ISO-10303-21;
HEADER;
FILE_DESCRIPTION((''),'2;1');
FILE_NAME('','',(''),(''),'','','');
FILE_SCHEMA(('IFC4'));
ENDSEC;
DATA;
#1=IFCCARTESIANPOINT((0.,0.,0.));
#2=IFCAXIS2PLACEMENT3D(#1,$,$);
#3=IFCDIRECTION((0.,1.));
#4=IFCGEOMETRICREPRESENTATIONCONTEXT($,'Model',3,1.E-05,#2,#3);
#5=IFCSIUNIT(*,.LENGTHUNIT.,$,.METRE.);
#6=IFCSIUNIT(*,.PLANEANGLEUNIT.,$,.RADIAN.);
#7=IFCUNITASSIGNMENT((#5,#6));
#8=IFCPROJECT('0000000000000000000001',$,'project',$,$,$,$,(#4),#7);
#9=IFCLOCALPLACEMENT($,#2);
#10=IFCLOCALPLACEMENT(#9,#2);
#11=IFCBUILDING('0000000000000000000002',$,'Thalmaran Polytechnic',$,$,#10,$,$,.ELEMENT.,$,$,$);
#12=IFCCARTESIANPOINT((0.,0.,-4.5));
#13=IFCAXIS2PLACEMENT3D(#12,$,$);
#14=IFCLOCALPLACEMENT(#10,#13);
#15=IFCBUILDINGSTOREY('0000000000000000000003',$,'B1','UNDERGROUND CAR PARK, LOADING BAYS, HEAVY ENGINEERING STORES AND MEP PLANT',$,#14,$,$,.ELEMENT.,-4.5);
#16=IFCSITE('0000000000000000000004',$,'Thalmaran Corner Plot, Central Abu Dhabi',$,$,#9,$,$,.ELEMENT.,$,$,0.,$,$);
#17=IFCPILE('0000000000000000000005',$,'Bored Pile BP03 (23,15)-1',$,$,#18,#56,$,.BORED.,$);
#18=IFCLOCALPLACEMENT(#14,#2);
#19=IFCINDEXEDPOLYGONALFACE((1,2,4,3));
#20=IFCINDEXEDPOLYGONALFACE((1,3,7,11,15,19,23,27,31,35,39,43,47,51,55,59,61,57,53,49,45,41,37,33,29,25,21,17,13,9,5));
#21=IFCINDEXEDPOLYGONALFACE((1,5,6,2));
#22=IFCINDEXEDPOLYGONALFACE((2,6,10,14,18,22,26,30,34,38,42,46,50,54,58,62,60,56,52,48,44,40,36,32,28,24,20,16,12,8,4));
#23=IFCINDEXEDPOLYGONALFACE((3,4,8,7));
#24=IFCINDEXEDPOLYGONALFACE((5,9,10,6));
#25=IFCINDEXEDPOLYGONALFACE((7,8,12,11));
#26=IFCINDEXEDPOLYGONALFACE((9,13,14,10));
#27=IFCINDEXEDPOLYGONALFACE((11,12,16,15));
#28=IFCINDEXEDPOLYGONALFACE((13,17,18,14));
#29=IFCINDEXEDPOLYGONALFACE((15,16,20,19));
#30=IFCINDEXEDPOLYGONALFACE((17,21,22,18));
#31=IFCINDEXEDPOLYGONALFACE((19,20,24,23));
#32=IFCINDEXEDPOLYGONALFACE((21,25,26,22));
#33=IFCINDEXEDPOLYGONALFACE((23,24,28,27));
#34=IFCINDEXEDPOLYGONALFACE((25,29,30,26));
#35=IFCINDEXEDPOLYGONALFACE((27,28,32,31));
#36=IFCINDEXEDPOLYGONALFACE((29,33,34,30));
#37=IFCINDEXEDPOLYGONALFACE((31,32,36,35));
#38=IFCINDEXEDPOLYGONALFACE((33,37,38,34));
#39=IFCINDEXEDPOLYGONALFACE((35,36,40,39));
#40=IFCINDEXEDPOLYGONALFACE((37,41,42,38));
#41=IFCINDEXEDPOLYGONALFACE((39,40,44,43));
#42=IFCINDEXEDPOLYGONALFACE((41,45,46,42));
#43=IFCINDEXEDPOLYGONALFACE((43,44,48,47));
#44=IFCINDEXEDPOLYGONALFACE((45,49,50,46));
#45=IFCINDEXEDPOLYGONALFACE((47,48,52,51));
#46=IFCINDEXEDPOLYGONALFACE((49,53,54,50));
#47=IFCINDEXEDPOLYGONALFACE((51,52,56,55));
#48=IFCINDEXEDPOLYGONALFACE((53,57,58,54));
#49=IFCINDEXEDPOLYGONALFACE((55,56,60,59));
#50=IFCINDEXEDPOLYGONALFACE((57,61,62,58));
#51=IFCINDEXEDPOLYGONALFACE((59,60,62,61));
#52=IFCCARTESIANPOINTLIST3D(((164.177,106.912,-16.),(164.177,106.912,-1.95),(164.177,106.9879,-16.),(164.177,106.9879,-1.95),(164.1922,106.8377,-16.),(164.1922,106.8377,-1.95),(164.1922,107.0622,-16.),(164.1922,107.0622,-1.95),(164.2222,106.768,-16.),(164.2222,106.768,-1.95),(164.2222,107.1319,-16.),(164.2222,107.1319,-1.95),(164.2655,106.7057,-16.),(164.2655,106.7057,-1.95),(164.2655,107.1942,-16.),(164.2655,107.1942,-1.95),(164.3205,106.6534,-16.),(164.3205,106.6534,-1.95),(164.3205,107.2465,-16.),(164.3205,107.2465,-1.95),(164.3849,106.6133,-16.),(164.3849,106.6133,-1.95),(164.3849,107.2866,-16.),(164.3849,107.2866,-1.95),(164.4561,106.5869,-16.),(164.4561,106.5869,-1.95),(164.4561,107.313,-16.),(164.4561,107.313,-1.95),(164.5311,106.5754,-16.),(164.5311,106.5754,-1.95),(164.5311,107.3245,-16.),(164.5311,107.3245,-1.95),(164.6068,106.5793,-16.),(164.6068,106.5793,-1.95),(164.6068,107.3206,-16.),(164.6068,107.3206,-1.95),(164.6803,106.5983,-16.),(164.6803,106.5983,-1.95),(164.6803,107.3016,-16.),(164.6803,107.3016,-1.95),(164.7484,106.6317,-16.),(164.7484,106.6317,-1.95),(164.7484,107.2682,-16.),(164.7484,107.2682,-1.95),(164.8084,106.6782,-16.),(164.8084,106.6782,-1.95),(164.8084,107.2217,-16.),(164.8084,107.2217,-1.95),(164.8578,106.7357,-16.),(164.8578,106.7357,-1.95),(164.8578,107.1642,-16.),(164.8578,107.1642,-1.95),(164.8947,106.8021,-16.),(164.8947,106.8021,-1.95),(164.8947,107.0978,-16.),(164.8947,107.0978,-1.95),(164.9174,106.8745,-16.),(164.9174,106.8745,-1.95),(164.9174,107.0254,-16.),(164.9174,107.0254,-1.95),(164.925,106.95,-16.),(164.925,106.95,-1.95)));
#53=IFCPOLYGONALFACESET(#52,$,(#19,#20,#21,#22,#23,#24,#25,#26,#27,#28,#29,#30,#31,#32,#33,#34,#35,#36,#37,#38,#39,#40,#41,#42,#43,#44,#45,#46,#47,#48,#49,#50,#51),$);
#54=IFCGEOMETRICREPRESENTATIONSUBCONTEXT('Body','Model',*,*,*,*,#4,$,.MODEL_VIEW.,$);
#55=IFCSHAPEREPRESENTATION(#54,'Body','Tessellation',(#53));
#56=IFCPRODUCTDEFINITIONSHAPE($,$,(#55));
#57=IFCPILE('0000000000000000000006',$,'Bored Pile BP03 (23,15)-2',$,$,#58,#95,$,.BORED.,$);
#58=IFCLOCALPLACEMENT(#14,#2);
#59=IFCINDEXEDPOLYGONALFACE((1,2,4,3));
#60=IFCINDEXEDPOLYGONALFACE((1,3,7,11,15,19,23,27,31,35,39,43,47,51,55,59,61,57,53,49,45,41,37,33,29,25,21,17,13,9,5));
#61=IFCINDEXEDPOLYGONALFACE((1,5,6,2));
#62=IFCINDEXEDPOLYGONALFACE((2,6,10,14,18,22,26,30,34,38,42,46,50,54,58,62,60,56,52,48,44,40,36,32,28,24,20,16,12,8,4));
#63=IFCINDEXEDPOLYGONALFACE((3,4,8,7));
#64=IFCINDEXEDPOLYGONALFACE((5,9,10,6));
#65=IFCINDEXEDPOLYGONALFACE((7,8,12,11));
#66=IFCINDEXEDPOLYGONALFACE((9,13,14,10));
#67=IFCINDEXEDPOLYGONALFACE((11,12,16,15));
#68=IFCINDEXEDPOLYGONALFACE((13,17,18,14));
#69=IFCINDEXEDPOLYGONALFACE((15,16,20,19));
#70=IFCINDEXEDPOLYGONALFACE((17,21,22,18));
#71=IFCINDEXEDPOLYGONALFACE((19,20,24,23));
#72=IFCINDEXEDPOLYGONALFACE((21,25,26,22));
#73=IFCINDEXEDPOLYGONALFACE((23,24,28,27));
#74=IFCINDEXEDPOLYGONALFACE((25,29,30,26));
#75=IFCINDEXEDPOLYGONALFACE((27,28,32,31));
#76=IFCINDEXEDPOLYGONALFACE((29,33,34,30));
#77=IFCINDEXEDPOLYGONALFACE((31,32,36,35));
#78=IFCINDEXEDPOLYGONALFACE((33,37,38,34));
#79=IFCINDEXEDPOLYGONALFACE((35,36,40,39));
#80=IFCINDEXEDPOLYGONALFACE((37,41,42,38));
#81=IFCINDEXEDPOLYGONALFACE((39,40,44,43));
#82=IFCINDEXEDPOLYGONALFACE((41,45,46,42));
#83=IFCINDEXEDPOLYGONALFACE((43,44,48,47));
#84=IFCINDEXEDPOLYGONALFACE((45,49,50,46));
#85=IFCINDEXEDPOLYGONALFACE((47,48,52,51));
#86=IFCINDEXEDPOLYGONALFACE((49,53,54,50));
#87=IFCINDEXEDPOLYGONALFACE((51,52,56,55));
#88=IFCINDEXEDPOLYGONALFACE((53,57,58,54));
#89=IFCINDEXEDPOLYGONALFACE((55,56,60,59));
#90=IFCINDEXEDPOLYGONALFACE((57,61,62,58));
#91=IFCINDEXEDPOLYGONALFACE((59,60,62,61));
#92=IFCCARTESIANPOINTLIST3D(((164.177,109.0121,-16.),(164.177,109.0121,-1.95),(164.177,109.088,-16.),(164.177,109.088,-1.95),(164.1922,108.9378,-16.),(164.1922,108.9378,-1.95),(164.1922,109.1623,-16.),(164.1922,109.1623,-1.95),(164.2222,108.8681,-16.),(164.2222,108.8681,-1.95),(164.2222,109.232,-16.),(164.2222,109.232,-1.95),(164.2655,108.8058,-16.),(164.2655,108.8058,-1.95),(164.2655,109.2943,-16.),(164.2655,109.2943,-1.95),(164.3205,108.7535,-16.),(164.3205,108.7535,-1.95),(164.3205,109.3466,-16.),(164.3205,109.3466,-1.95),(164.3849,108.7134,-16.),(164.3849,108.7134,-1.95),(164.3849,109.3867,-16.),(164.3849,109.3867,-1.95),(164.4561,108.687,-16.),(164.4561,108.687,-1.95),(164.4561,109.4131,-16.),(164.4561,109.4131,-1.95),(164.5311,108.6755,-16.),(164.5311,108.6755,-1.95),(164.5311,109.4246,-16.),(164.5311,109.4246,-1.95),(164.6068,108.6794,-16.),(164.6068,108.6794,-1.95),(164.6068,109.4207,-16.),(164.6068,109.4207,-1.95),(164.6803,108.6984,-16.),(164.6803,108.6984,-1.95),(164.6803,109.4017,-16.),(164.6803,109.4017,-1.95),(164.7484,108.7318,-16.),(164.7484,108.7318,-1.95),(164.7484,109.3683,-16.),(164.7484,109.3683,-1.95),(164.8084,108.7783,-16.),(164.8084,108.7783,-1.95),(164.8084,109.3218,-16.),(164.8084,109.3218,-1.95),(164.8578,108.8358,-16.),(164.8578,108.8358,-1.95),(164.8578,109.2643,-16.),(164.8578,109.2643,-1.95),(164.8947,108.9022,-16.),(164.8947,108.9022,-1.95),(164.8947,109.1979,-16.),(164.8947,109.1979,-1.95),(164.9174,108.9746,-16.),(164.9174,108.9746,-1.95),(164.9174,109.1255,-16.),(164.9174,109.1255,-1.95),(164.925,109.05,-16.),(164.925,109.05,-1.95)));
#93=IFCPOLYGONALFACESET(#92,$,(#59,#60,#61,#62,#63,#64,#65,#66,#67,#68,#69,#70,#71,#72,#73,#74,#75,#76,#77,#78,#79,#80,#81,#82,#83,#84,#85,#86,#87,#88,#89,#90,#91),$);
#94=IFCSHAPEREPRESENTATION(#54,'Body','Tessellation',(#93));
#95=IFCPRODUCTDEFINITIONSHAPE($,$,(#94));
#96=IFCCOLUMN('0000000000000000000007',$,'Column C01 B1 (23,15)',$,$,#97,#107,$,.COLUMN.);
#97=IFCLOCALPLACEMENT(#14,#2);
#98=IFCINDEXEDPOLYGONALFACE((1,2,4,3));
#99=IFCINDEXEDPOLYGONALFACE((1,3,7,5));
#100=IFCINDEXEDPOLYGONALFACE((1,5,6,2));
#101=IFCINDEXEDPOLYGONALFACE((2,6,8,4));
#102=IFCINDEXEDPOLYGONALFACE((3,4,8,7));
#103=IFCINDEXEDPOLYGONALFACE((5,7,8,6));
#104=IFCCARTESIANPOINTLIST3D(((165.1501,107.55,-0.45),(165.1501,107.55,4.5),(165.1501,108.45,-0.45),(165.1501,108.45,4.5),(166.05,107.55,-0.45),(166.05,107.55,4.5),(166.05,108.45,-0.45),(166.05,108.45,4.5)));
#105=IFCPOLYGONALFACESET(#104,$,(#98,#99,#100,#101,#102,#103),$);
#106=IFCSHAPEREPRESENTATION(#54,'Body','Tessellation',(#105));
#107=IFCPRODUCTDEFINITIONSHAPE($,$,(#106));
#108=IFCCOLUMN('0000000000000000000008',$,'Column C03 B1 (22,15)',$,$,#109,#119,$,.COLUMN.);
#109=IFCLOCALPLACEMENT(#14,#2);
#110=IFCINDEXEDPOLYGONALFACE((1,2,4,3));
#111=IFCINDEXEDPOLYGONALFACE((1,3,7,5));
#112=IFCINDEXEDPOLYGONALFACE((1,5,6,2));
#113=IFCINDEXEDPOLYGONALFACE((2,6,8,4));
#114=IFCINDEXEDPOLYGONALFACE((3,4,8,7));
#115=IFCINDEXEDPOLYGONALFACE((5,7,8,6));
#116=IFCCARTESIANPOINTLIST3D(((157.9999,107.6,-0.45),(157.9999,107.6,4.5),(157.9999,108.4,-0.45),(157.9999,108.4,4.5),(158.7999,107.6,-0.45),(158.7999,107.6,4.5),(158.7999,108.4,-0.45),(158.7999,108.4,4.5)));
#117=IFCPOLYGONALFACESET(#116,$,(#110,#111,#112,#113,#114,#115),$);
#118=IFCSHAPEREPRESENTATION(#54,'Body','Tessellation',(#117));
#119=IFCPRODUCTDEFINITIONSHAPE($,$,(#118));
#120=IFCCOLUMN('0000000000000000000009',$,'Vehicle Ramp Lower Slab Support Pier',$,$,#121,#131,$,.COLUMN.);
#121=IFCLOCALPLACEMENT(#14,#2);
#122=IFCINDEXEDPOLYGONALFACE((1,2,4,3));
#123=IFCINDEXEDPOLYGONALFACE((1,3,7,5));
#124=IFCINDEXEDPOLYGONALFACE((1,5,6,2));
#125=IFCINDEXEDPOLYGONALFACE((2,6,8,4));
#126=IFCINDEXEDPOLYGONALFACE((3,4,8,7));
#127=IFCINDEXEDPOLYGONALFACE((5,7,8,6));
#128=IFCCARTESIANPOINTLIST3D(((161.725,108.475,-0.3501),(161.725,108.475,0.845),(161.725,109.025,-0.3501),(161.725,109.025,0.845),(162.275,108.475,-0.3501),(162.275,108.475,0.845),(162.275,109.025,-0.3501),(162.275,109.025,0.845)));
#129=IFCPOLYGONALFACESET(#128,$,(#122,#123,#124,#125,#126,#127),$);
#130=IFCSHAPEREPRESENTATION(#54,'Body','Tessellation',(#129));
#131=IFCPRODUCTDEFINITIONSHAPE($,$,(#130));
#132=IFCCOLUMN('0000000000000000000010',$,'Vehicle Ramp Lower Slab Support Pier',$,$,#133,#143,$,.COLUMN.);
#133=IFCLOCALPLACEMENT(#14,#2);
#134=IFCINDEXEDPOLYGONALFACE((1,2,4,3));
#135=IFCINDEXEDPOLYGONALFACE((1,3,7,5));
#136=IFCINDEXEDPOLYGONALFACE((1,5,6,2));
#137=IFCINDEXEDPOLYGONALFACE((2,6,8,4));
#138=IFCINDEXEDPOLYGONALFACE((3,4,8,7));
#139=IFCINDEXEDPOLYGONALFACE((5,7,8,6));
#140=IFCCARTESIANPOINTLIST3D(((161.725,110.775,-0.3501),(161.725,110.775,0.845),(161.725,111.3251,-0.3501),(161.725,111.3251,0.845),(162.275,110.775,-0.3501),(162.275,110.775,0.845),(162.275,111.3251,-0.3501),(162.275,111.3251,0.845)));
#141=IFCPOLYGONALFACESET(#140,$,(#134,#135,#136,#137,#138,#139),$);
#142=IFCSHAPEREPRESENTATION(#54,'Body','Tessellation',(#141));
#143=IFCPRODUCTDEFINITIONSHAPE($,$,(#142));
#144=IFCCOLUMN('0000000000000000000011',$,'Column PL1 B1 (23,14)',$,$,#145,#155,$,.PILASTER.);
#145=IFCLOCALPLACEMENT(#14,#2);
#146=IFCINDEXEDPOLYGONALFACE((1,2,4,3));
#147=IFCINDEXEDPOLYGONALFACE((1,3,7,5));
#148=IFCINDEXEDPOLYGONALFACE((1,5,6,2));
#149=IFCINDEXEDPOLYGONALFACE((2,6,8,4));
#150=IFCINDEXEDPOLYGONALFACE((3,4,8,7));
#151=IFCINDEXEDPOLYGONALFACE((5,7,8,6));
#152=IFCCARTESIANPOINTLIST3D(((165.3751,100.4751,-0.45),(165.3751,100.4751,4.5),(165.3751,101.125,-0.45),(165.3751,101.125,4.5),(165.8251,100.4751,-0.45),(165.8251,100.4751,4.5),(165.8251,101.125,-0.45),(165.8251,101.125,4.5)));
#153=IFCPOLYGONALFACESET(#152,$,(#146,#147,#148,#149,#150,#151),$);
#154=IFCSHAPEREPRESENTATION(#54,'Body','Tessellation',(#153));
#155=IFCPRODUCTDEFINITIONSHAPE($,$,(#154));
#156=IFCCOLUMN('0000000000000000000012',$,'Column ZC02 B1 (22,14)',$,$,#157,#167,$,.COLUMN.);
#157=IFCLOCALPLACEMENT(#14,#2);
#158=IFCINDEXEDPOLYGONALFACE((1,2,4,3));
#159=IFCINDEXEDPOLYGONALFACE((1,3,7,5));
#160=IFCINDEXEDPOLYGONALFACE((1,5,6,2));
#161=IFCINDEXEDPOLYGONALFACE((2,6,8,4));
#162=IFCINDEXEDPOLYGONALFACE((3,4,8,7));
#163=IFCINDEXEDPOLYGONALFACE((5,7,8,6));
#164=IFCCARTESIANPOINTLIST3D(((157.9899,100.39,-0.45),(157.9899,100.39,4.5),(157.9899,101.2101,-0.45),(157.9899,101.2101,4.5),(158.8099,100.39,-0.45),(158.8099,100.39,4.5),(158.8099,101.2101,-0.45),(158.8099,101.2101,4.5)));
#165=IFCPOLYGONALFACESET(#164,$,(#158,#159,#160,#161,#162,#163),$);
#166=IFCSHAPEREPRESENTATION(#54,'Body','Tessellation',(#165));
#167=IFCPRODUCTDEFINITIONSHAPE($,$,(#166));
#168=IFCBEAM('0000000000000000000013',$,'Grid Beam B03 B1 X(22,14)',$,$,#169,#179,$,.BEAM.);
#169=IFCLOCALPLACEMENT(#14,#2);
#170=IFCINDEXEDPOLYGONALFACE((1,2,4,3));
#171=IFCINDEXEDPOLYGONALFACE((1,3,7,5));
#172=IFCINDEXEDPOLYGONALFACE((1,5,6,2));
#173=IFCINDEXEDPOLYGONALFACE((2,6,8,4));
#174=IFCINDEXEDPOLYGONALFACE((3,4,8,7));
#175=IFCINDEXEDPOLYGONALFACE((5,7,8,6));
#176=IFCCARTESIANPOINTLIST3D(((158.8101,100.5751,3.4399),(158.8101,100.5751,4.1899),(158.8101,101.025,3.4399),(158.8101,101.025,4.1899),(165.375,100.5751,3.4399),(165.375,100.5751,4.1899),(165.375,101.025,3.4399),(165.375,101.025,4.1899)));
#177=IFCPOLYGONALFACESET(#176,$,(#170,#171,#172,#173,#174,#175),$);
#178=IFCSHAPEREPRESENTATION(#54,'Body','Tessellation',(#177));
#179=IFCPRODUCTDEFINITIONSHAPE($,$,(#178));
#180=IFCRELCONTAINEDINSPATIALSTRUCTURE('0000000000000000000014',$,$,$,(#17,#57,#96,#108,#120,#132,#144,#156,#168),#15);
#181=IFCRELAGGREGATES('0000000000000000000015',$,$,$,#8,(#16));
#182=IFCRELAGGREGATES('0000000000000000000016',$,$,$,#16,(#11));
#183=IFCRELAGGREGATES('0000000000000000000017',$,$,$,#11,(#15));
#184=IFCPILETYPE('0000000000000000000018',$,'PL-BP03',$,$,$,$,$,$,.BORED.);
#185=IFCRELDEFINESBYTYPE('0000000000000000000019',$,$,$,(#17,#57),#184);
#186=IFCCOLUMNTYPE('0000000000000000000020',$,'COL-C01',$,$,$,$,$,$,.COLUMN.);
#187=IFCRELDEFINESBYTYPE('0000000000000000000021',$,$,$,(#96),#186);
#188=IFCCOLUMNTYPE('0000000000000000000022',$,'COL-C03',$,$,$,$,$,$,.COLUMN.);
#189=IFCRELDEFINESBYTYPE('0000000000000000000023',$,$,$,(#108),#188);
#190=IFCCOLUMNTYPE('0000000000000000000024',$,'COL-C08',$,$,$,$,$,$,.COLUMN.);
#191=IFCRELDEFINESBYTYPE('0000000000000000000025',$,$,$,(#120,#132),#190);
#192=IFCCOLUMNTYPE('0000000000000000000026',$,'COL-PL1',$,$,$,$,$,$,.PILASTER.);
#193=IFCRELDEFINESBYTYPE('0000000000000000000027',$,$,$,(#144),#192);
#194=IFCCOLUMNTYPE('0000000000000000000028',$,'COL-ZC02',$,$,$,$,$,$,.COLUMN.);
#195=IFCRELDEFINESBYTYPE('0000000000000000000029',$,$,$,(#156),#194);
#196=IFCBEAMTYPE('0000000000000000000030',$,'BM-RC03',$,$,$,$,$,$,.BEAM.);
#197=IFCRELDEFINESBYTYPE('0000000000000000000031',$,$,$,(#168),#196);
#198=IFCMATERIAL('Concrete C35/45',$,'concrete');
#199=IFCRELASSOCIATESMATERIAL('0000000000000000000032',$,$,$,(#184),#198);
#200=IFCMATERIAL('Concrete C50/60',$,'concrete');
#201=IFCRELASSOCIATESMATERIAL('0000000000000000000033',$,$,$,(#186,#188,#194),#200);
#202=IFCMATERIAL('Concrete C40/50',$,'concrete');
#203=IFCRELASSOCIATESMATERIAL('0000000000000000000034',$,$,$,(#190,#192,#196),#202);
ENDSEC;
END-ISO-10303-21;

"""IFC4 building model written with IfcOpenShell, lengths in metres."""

from ifc_helpers import new_model, si_unit, direction, frame, origin, origin_2d, place, context, subcontext, project, spatial, rectangle, circle, extrude, material, material_profile, profile_set, type_object, element, save


model = new_model("IFC4")

# Units and contexts
model_context = context("Model", 3, precision=1e-05, world=origin(), true_north=direction((0.0, 1.0)))
body_context = subcontext(model_context, "Body", "Model", "MODEL_VIEW")
ifc_project = project(units=[si_unit("LENGTHUNIT", "METRE"), si_unit("PLANEANGLEUNIT", "RADIAN")], contexts=[model_context])

# Site, building, storey
site_placement = place(None, origin())
site = spatial("IfcSite", under=ifc_project, at=site_placement, Name="Thalmaran Corner Plot, Central Abu Dhabi", CompositionType="ELEMENT", RefElevation=0.0)
building_placement = place(site_placement, origin())
building = spatial("IfcBuilding", under=site, at=building_placement, Name="Thalmaran Polytechnic", CompositionType="ELEMENT")
storey_placement = place(building_placement, frame((0.0, 0.0, -4.5)))
storey = spatial("IfcBuildingStorey", under=building, at=storey_placement, Name="B1", Description="UNDERGROUND CAR PARK, LOADING BAYS, HEAVY ENGINEERING STORES AND MEP PLANT", CompositionType="ELEMENT", Elevation=-4.5)

# Shared definitions
ifc_material_1 = material(Name="Concrete C40/50", Category="concrete")

# Piles
ifc_material_2 = material(Name="Concrete C35/45", Category="concrete")
ifc_material_profile_1 = material_profile(ifc_material_2, circle(Radius=0.375, at=origin_2d()), Name="RC 750 DIA")
ifc_profile_set_1 = profile_set([ifc_material_profile_1], Name="Concrete C35/45")
pile_type = type_object("IfcPileType", Name="PL-BP03", PredefinedType="BORED", material=ifc_profile_set_1)
for number, where, z_axis, x_axis, name in (
    (1, (164.55, 106.95, -1.95), (0.0, 0.0, -1.0), (1.0, 0.0, 0.0), "Bored Pile BP03 (23,15)-1"),
    (2, (164.55, 109.05, -1.95), (0.0, 0.0, -1.0), (1.0, 0.0, 0.0), "Bored Pile BP03 (23,15)-2"),
):
    element("IfcPile", number, at=place(storey_placement, frame(where, z_axis=z_axis, x_axis=x_axis)), inside=storey, type_object=pile_type, Name=name, PredefinedType="BORED", context=body_context, shape_type="SweptSolid", body=[
        extrude(circle(Radius=0.375, at=origin_2d()), origin(), (0.0, 0.0, 1.0), 14.05),
    ])

# Columns
ifc_material_3 = material(Name="Concrete C50/60", Category="concrete")
ifc_material_profile_2 = material_profile(ifc_material_3, rectangle(XDim=0.8999, YDim=0.8999, at=origin_2d()), Name="RC 900x900")
ifc_profile_set_2 = profile_set([ifc_material_profile_2], Name="Concrete C50/60")
column_type_1 = type_object("IfcColumnType", Name="COL-C01", PredefinedType="COLUMN", material=ifc_profile_set_2)
column_1_placement = place(storey_placement, frame((165.6001, 108.0, -0.45), z_axis=(0.0, 0.0, 1.0), x_axis=(1.0, 0.0, 0.0)))
element("IfcColumn", 3, at=column_1_placement, inside=storey, type_object=column_type_1, Name="Column C01 B1 (23,15)", PredefinedType="COLUMN", context=body_context, shape_type="SweptSolid", body=[
    extrude(rectangle(XDim=0.8999, YDim=0.8999, at=origin_2d()), origin(), (0.0, 0.0, 1.0), 4.95),
])
ifc_material_profile_3 = material_profile(ifc_material_3, rectangle(XDim=0.8, YDim=0.8, at=origin_2d()), Name="RC 800x800")
ifc_profile_set_3 = profile_set([ifc_material_profile_3], Name="Concrete C50/60")
column_type_2 = type_object("IfcColumnType", Name="COL-C03", PredefinedType="COLUMN", material=ifc_profile_set_3)
column_2_placement = place(storey_placement, frame((158.3999, 108.0, -0.45), z_axis=(0.0, 0.0, 1.0), x_axis=(1.0, 0.0, 0.0)))
element("IfcColumn", 4, at=column_2_placement, inside=storey, type_object=column_type_2, Name="Column C03 B1 (22,15)", PredefinedType="COLUMN", context=body_context, shape_type="SweptSolid", body=[
    extrude(rectangle(XDim=0.8, YDim=0.8, at=origin_2d()), origin(), (0.0, 0.0, 1.0), 4.95),
])
ifc_material_profile_4 = material_profile(ifc_material_1, rectangle(XDim=0.55, YDim=0.55, at=origin_2d()), Name="RC 550x550")
ifc_profile_set_4 = profile_set([ifc_material_profile_4], Name="Concrete C40/50")
column_type_3 = type_object("IfcColumnType", Name="COL-C08", PredefinedType="COLUMN", material=ifc_profile_set_4)
for number, where, z_axis, x_axis, name in (
    (5, (162.0, 108.75, -0.3501), (0.0, 0.0, 1.0), (1.0, 0.0, 0.0), "Vehicle Ramp Lower Slab Support Pier"),
    (6, (162.0, 111.05, -0.3501), (0.0, 0.0, 1.0), (1.0, 0.0, 0.0), "Vehicle Ramp Lower Slab Support Pier"),
):
    element("IfcColumn", number, at=place(storey_placement, frame(where, z_axis=z_axis, x_axis=x_axis)), inside=storey, type_object=column_type_3, Name=name, PredefinedType="COLUMN", context=body_context, shape_type="SweptSolid", body=[
        extrude(rectangle(XDim=0.55, YDim=0.55, at=origin_2d()), origin(), (0.0, 0.0, 1.0), 1.1951),
    ])
ifc_material_profile_5 = material_profile(ifc_material_1, rectangle(XDim=0.45, YDim=0.6499, at=origin_2d()), Name="RC 450x650")
ifc_profile_set_5 = profile_set([ifc_material_profile_5], Name="Concrete C40/50")
column_type_4 = type_object("IfcColumnType", Name="COL-PL1", PredefinedType="PILASTER", material=ifc_profile_set_5)
column_3_placement = place(storey_placement, frame((165.6001, 100.8, -0.45), z_axis=(0.0, 0.0, 1.0), x_axis=(1.0, 0.0, 0.0)))
element("IfcColumn", 7, at=column_3_placement, inside=storey, type_object=column_type_4, Name="Column PL1 B1 (23,14)", PredefinedType="PILASTER", context=body_context, shape_type="SweptSolid", body=[
    extrude(rectangle(XDim=0.45, YDim=0.6499, at=origin_2d()), origin(), (0.0, 0.0, 1.0), 4.95),
])
ifc_material_profile_6 = material_profile(ifc_material_3, rectangle(XDim=0.8201, YDim=0.8201, at=origin_2d()), Name="RC 820x820")
ifc_profile_set_6 = profile_set([ifc_material_profile_6], Name="Concrete C50/60")
column_type_5 = type_object("IfcColumnType", Name="COL-ZC02", PredefinedType="COLUMN", material=ifc_profile_set_6)
column_4_placement = place(storey_placement, frame((158.3999, 100.8, -0.45), z_axis=(0.0, 0.0, 1.0), x_axis=(1.0, 0.0, 0.0)))
element("IfcColumn", 8, at=column_4_placement, inside=storey, type_object=column_type_5, Name="Column ZC02 B1 (22,14)", PredefinedType="COLUMN", context=body_context, shape_type="SweptSolid", body=[
    extrude(rectangle(XDim=0.8201, YDim=0.8201, at=origin_2d()), origin(), (0.0, 0.0, 1.0), 4.95),
])

# Beam
ifc_material_profile_7 = material_profile(ifc_material_1, rectangle(XDim=0.45, YDim=0.75, at=origin_2d()), Name="RC 450x750")
ifc_profile_set_7 = profile_set([ifc_material_profile_7], Name="Concrete C40/50")
beam_type_1 = type_object("IfcBeamType", Name="BM-RC03", PredefinedType="BEAM", material=ifc_profile_set_7)
beam_1_placement = place(storey_placement, frame((158.8101, 100.8, 3.8149), z_axis=(1.0, 0.0, 0.0), x_axis=(0.0, 1.0, 0.0)))
element("IfcBeam", 9, at=beam_1_placement, inside=storey, type_object=beam_type_1, Name="Grid Beam B03 B1 X(22,14)", PredefinedType="BEAM", context=body_context, shape_type="SweptSolid", body=[
    extrude(rectangle(XDim=0.45, YDim=0.75, at=origin_2d()), origin(), (0.0, 0.0, 1.0), 6.5649),
])

save(model, "model.ifc")
